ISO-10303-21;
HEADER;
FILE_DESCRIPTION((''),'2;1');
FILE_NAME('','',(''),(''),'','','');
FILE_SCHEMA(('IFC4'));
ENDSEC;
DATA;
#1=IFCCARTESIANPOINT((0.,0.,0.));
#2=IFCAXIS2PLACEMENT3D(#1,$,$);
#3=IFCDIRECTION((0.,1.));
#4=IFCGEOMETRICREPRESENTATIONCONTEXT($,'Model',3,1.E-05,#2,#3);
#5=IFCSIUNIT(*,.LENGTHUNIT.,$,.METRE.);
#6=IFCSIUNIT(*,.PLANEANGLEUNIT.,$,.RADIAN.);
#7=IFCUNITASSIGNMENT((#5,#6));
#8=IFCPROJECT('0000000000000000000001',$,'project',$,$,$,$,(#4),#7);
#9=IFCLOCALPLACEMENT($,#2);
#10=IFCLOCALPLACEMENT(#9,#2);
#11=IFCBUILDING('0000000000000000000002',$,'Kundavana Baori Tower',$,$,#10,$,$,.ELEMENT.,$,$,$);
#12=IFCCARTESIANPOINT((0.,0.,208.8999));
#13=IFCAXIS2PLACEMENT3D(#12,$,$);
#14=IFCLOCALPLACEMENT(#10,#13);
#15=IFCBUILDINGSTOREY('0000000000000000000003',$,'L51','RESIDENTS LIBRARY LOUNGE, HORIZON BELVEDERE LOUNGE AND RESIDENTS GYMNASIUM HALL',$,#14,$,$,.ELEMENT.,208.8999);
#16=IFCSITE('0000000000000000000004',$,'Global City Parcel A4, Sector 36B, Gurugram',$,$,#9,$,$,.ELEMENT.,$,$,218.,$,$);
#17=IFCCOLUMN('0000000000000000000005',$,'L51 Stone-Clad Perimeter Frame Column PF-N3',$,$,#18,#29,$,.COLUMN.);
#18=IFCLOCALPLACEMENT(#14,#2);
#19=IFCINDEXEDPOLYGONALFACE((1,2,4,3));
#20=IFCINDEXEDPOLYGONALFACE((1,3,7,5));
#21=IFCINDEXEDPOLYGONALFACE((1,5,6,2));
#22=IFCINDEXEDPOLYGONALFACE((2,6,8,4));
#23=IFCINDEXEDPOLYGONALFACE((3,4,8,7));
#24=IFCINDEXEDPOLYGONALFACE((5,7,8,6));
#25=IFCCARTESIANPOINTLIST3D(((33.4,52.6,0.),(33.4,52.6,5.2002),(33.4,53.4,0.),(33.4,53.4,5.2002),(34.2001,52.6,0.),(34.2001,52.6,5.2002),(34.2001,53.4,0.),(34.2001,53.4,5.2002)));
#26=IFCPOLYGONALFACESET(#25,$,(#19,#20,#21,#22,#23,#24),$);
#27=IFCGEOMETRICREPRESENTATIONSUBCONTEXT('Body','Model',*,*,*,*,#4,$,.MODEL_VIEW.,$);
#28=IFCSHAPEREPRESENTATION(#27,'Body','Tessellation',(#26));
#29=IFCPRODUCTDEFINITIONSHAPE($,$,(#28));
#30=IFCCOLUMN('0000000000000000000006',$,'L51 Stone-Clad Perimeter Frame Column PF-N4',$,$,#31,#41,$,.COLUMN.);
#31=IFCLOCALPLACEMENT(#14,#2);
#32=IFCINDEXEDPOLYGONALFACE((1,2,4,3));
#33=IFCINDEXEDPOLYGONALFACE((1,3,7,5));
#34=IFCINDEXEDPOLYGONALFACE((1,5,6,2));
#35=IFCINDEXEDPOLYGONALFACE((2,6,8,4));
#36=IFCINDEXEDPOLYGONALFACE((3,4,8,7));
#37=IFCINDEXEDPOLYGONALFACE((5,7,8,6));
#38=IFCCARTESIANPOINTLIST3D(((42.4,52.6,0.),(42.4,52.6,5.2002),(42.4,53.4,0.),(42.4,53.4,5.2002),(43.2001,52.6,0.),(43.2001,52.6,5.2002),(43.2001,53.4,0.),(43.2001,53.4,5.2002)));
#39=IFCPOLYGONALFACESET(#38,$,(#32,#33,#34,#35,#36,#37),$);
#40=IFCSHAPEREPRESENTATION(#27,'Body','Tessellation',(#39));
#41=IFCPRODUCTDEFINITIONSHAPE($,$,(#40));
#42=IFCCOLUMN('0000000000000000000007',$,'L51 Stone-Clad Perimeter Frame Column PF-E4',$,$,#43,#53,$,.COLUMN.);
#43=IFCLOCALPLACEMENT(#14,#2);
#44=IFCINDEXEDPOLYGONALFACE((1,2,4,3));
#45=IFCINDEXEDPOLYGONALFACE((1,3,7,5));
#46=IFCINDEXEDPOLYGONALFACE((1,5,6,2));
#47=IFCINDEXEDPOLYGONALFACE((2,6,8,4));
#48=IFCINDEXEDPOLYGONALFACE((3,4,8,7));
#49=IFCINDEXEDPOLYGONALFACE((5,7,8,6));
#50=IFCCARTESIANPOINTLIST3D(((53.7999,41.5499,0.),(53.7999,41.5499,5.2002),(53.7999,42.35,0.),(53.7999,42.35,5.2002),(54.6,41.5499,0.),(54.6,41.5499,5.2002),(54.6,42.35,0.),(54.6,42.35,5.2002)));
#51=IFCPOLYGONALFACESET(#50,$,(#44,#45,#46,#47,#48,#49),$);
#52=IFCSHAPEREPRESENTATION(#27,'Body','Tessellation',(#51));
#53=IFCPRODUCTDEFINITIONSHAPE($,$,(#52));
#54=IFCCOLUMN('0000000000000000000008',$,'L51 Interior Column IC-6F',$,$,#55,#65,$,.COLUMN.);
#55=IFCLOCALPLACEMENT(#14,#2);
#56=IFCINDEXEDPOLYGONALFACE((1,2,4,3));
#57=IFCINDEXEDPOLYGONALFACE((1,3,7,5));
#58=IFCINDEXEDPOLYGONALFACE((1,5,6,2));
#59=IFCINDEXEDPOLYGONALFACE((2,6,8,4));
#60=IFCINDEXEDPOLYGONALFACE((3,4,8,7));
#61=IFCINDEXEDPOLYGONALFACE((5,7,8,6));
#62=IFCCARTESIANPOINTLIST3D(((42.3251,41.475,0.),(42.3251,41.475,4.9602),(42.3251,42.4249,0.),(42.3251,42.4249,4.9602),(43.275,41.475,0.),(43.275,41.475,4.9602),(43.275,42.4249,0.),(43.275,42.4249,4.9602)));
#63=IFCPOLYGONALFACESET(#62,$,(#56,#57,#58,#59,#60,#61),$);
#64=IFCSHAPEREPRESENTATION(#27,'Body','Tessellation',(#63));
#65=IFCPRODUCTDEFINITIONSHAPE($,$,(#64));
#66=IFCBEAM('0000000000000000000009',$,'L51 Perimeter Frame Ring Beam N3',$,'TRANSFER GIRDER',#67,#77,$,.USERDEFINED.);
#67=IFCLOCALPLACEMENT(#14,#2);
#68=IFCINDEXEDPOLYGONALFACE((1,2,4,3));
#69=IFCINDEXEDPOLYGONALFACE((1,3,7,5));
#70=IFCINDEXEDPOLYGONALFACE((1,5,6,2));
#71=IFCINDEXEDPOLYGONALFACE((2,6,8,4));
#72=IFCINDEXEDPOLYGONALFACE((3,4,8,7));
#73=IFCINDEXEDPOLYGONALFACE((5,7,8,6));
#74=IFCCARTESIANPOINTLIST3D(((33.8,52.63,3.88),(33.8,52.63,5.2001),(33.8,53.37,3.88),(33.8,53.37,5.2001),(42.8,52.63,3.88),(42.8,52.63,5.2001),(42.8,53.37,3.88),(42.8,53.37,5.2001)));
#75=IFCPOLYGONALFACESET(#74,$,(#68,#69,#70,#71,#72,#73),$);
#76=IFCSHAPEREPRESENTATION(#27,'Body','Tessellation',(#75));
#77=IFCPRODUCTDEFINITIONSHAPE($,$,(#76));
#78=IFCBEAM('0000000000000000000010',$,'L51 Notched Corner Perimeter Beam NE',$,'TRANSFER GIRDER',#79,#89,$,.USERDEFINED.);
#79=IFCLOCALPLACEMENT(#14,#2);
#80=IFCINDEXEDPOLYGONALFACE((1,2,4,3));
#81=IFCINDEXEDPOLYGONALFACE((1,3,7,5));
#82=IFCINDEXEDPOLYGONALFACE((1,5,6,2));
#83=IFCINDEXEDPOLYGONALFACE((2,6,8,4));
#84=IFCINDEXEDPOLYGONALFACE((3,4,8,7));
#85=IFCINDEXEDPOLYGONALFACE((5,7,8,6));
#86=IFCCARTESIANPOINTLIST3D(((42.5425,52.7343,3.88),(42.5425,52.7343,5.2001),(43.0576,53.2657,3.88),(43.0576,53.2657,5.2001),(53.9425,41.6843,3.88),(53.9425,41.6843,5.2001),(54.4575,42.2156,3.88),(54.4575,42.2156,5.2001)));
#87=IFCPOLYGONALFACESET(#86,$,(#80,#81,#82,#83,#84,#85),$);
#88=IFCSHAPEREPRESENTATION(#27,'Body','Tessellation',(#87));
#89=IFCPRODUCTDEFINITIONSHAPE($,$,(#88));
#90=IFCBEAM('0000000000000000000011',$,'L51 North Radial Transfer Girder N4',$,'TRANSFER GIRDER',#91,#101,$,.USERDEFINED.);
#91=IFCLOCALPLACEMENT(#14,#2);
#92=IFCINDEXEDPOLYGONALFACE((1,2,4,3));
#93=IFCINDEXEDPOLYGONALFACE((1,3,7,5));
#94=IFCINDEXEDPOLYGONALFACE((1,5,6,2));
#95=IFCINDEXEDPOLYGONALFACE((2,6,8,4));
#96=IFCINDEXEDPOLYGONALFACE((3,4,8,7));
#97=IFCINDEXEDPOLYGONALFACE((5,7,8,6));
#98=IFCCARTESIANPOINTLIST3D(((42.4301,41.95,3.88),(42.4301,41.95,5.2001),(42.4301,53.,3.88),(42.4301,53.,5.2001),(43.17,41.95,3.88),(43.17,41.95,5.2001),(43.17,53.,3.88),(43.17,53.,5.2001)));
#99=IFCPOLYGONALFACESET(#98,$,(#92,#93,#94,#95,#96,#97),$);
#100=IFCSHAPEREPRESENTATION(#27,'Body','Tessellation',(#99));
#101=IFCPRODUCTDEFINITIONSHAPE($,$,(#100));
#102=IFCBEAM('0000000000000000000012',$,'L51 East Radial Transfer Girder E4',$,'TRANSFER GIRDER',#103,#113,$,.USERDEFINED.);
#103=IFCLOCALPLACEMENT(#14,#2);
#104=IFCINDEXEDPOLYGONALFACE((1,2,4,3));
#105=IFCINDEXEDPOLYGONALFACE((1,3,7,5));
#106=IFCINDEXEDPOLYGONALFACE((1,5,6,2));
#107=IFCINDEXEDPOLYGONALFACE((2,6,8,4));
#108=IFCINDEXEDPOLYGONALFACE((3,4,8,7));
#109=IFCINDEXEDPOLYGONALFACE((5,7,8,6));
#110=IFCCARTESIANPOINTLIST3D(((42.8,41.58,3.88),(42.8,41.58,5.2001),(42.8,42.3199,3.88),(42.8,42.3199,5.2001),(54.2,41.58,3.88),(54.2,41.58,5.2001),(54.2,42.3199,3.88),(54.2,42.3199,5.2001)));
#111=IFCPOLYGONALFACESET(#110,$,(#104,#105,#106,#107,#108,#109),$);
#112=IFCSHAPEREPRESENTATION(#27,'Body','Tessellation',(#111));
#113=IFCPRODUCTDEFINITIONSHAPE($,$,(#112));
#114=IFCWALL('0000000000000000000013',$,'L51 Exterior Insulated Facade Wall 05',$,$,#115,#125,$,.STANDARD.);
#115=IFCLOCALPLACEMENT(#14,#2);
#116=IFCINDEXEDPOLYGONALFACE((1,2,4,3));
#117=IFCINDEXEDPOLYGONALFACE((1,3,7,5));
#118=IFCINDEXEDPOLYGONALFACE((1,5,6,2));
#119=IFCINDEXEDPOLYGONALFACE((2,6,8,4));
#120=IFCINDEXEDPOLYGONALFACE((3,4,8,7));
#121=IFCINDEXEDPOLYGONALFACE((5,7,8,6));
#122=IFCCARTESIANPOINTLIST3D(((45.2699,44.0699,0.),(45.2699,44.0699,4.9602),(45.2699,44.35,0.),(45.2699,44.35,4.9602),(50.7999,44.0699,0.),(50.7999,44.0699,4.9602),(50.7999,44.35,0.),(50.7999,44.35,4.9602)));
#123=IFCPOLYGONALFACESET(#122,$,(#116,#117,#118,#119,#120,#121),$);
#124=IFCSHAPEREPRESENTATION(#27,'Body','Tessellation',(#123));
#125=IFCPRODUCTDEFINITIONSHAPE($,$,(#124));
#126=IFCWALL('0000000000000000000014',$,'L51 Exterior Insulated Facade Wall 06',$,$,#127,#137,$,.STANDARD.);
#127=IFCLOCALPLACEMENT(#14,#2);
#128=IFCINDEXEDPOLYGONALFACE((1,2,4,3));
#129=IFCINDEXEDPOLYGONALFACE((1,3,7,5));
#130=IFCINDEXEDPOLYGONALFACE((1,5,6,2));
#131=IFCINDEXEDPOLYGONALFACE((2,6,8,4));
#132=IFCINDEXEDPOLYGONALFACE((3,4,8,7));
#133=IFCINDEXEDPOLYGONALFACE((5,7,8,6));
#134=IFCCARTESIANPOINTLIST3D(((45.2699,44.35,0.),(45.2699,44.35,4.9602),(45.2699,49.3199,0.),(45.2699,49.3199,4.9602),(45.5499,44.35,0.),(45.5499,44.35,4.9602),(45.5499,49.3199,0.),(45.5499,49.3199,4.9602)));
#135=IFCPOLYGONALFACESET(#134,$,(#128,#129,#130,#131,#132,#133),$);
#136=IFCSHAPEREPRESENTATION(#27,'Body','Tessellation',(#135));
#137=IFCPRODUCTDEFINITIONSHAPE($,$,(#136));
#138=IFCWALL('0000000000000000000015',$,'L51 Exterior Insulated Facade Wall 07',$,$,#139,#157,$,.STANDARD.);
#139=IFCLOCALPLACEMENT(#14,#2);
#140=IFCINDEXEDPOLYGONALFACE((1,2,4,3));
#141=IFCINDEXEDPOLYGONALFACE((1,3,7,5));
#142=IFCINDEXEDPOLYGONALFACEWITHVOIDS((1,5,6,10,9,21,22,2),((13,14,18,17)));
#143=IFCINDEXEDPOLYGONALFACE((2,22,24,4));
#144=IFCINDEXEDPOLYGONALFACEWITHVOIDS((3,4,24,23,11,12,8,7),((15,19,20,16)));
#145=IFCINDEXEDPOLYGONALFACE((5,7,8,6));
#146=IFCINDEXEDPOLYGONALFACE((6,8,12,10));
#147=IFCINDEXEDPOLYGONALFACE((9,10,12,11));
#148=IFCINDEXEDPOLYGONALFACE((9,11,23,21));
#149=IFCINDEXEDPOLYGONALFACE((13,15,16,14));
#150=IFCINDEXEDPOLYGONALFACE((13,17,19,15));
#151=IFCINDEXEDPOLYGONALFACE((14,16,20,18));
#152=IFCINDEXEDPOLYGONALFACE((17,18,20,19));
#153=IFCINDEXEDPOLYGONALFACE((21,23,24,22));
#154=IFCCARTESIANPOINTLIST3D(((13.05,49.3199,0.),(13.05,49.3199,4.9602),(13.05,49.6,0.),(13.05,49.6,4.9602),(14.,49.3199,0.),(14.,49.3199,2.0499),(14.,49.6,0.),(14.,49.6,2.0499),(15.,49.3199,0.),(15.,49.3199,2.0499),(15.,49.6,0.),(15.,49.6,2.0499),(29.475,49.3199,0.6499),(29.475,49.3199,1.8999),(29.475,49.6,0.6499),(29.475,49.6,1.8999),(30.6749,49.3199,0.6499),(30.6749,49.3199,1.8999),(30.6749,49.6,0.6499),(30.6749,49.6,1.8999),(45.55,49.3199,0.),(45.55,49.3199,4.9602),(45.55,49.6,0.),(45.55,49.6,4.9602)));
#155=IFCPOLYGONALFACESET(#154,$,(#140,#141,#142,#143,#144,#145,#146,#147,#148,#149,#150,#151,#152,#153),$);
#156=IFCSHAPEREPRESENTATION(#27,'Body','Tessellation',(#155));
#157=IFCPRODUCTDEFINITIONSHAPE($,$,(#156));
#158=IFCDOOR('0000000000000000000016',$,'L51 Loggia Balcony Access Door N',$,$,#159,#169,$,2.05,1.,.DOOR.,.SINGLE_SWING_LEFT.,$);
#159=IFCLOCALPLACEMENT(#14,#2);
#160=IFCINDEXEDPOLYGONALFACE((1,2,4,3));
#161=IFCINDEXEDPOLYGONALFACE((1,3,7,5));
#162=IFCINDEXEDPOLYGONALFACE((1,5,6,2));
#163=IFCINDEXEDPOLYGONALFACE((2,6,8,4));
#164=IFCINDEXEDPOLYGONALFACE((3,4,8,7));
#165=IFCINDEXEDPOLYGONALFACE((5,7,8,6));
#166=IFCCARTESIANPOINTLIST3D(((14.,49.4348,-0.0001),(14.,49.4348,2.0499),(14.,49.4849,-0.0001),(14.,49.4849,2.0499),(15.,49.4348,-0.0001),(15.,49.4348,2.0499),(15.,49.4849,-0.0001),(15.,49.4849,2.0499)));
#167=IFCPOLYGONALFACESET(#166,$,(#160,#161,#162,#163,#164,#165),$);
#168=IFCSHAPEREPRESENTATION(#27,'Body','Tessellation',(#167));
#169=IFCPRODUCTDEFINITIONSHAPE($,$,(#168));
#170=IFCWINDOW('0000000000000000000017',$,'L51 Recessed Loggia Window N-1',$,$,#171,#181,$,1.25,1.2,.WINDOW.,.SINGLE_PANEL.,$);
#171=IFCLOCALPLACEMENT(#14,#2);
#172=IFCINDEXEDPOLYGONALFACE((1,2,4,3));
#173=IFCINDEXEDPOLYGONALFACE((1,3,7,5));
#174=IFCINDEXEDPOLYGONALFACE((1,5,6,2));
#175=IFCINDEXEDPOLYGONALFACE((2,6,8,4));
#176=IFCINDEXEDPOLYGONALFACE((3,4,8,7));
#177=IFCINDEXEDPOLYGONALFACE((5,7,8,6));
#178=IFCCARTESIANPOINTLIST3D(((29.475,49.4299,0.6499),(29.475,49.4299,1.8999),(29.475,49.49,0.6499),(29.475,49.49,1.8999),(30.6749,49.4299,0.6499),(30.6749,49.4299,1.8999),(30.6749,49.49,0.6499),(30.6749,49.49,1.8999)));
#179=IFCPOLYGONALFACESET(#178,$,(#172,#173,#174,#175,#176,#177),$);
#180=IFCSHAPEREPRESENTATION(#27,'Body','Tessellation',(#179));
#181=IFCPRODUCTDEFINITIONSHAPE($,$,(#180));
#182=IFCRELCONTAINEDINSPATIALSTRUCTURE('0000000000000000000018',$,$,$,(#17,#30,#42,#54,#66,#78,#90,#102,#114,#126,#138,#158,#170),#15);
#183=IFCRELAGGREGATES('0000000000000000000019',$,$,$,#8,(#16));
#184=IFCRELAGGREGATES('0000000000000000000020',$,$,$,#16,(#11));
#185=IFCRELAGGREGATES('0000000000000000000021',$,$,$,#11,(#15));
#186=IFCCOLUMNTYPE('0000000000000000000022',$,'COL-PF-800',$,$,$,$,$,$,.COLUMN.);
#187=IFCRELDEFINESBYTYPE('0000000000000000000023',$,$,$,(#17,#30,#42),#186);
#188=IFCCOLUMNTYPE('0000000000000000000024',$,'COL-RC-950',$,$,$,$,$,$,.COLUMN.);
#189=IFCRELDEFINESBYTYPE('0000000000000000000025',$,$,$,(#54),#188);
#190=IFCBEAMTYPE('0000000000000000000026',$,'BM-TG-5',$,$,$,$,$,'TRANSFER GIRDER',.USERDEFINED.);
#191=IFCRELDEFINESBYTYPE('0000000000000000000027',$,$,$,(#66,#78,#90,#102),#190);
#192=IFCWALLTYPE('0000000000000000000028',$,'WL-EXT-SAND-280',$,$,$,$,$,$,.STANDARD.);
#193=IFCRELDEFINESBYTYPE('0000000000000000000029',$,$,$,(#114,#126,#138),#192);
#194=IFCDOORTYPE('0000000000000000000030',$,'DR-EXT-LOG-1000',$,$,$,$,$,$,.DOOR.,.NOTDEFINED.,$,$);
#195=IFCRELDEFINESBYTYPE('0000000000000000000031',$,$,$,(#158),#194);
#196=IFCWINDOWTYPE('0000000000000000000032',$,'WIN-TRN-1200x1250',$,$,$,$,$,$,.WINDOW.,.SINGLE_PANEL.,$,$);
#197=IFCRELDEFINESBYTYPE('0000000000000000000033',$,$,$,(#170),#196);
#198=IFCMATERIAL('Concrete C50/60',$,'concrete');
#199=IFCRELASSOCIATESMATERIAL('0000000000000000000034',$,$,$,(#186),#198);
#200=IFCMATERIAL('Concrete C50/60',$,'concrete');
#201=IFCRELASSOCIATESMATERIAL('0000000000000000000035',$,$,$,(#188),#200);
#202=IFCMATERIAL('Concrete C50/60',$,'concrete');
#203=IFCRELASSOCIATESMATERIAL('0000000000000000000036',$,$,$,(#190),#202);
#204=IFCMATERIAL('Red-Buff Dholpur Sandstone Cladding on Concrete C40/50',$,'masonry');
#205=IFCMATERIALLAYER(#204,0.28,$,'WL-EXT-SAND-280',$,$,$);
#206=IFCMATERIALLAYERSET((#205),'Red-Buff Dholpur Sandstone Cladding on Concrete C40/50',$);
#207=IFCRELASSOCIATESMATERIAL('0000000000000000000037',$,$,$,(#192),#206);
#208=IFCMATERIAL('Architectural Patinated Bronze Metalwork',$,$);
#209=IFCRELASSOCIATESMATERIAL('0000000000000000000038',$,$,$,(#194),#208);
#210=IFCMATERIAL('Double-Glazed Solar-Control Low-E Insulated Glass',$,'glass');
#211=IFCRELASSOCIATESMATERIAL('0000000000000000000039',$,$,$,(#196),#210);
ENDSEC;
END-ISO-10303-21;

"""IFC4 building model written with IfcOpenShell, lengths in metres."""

from ifc_helpers import new_model, si_unit, direction, frame, frame_2d, origin, origin_2d, place, context, subcontext, project, spatial, rectangle, extrude, material, layer, layer_set, material_profile, profile_set, type_object, element, fill, save


model = new_model("IFC4")

# Units and contexts
model_context = context("Model", 3, precision=1e-05, world=origin(), true_north=direction((0.0, 1.0)))
body_context = subcontext(model_context, "Body", "Model", "MODEL_VIEW")
ifc_project = project(units=[si_unit("LENGTHUNIT", "METRE"), si_unit("PLANEANGLEUNIT", "RADIAN")], contexts=[model_context])

# Site, building, storey
site_placement = place(None, origin())
site = spatial("IfcSite", under=ifc_project, at=site_placement, Name="Global City Parcel A4, Sector 36B, Gurugram", CompositionType="ELEMENT", RefElevation=218.0)
building_placement = place(site_placement, origin())
building = spatial("IfcBuilding", under=site, at=building_placement, Name="Kundavana Baori Tower", CompositionType="ELEMENT")
storey_placement = place(building_placement, frame((0.0, 0.0, 208.8999)))
storey = spatial("IfcBuildingStorey", under=building, at=storey_placement, Name="L51", Description="RESIDENTS LIBRARY LOUNGE, HORIZON BELVEDERE LOUNGE AND RESIDENTS GYMNASIUM HALL", CompositionType="ELEMENT", Elevation=208.8999)

# Columns
ifc_material_1 = material(Name="Concrete C50/60", Category="concrete")
ifc_material_profile_1 = material_profile(ifc_material_1, rectangle(XDim=0.8, YDim=0.8, at=origin_2d()), Name="RC PF 800x800")
ifc_profile_set_1 = profile_set([ifc_material_profile_1], Name="Concrete C50/60")
column_type_1 = type_object("IfcColumnType", Name="COL-PF-800", PredefinedType="COLUMN", material=ifc_profile_set_1)
for number, where, z_axis, x_axis, name in (
    (1, (33.8, 53.0, 0.0), (0.0, 0.0, 1.0), (1.0, 0.0, 0.0), "L51 Stone-Clad Perimeter Frame Column PF-N3"),
    (2, (42.8, 53.0, 0.0), (0.0, 0.0, 1.0), (1.0, 0.0, 0.0), "L51 Stone-Clad Perimeter Frame Column PF-N4"),
    (3, (54.2, 41.95, 0.0), (0.0, 0.0, 1.0), (1.0, 0.0, 0.0), "L51 Stone-Clad Perimeter Frame Column PF-E4"),
):
    element("IfcColumn", number, at=place(storey_placement, frame(where, z_axis=z_axis, x_axis=x_axis)), inside=storey, type_object=column_type_1, Name=name, PredefinedType="COLUMN", context=body_context, shape_type="SweptSolid", body=[
        extrude(rectangle(XDim=0.8, YDim=0.8, at=origin_2d()), origin(), (0.0, 0.0, 1.0), 5.2002),
    ])
ifc_material_2 = material(Name="Concrete C50/60", Category="concrete")
ifc_material_profile_2 = material_profile(ifc_material_2, rectangle(XDim=0.95, YDim=0.95, at=origin_2d()), Name="RC 950x950")
ifc_profile_set_2 = profile_set([ifc_material_profile_2], Name="Concrete C50/60")
column_type_2 = type_object("IfcColumnType", Name="COL-RC-950", PredefinedType="COLUMN", material=ifc_profile_set_2)
column_placement = place(storey_placement, frame((42.8, 41.95, 0.0), z_axis=(0.0, 0.0, 1.0), x_axis=(1.0, 0.0, 0.0)))
element("IfcColumn", 4, at=column_placement, inside=storey, type_object=column_type_2, Name="L51 Interior Column IC-6F", PredefinedType="COLUMN", context=body_context, shape_type="SweptSolid", body=[
    extrude(rectangle(XDim=0.95, YDim=0.95, at=origin_2d()), origin(), (0.0, 0.0, 1.0), 4.9602),
])

# Beams
ifc_material_3 = material(Name="Concrete C50/60", Category="concrete")
ifc_material_profile_3 = material_profile(ifc_material_3, rectangle(XDim=0.74, YDim=1.3201, at=origin_2d()), Name="BM-TG-5")
ifc_profile_set_3 = profile_set([ifc_material_profile_3], Name="Concrete C50/60")
beam_type = type_object("IfcBeamType", Name="BM-TG-5", ElementType="TRANSFER GIRDER", PredefinedType="USERDEFINED", material=ifc_profile_set_3)
beam_1_placement = place(storey_placement, frame((33.8, 53.0, 4.54), z_axis=(1.0, 0.0, 0.0), x_axis=(0.0, 1.0, 0.0)))
element("IfcBeam", 5, at=beam_1_placement, inside=storey, type_object=beam_type, Name="L51 Perimeter Frame Ring Beam N3", ObjectType="TRANSFER GIRDER", PredefinedType="USERDEFINED", context=body_context, shape_type="SweptSolid", body=[
    extrude(rectangle(XDim=0.74, YDim=1.3201, at=origin_2d()), origin(), (0.0, 0.0, 1.0), 9.0),
])
beam_2_placement = place(storey_placement, frame((42.8, 53.0, 4.54), z_axis=(0.718039, -0.696003, 0.0), x_axis=(0.696003, 0.718039, 0.0)))
element("IfcBeam", 6, at=beam_2_placement, inside=storey, type_object=beam_type, Name="L51 Notched Corner Perimeter Beam NE", ObjectType="TRANSFER GIRDER", PredefinedType="USERDEFINED", context=body_context, shape_type="SweptSolid", body=[
    extrude(rectangle(XDim=0.74, YDim=1.3201, at=origin_2d()), origin(), (0.0, 0.0, 1.0), 15.8765),
])
beam_3_placement = place(storey_placement, frame((42.8, 41.95, 4.54), z_axis=(0.0, 1.0, 0.0), x_axis=(-1.0, 0.0, 0.0)))
element("IfcBeam", 7, at=beam_3_placement, inside=storey, type_object=beam_type, Name="L51 North Radial Transfer Girder N4", ObjectType="TRANSFER GIRDER", PredefinedType="USERDEFINED", context=body_context, shape_type="SweptSolid", body=[
    extrude(rectangle(XDim=0.74, YDim=1.3201, at=origin_2d()), origin(), (0.0, 0.0, 1.0), 11.05),
])
beam_4_placement = place(storey_placement, frame((42.8, 41.95, 4.54), z_axis=(1.0, 0.0, 0.0), x_axis=(0.0, 1.0, 0.0)))
element("IfcBeam", 8, at=beam_4_placement, inside=storey, type_object=beam_type, Name="L51 East Radial Transfer Girder E4", ObjectType="TRANSFER GIRDER", PredefinedType="USERDEFINED", context=body_context, shape_type="SweptSolid", body=[
    extrude(rectangle(XDim=0.74, YDim=1.3201, at=origin_2d()), origin(), (0.0, 0.0, 1.0), 11.3999),
])

# Walls
ifc_material_4 = material(Name="Red-Buff Dholpur Sandstone Cladding on Concrete C40/50", Category="masonry")
ifc_layer_1 = layer(ifc_material_4, 0.28, Name="WL-EXT-SAND-280")
ifc_layer_set_1 = layer_set([ifc_layer_1], Name="Red-Buff Dholpur Sandstone Cladding on Concrete C40/50")
wall_type_1 = type_object("IfcWallType", Name="WL-EXT-SAND-280", PredefinedType="STANDARD", material=ifc_layer_set_1)
wall_1_placement = place(storey_placement, frame((50.8, 44.21, 0.0), z_axis=(0.0, 0.0, 1.0), x_axis=(-1.0, 0.0, 0.0)))
element("IfcWall", 9, at=wall_1_placement, inside=storey, type_object=wall_type_1, Name="L51 Exterior Insulated Facade Wall 05", PredefinedType="STANDARD", context=body_context, shape_type="SweptSolid", body=[
    extrude(rectangle(XDim=5.53, YDim=0.28, at=frame_2d((2.7651, 0.0))), origin(), (0.0, 0.0, 1.0), 4.9602),
])
wall_2_placement = place(storey_placement, frame((45.4099, 44.3501, 0.0), z_axis=(0.0, 0.0, 1.0), x_axis=(0.0, 1.0, 0.0)))
element("IfcWall", 10, at=wall_2_placement, inside=storey, type_object=wall_type_1, Name="L51 Exterior Insulated Facade Wall 06", PredefinedType="STANDARD", context=body_context, shape_type="SweptSolid", body=[
    extrude(rectangle(XDim=4.97, YDim=0.28, at=frame_2d((2.4849, 0.0))), origin(), (0.0, 0.0, 1.0), 4.9602),
])

# Wall, openings, door, window
wall_3_placement = place(storey_placement, frame((45.55, 49.46, 0.0), z_axis=(0.0, 0.0, 1.0), x_axis=(-1.0, 0.0, 0.0)))
wall_3 = element("IfcWall", 11, at=wall_3_placement, inside=storey, type_object=wall_type_1, Name="L51 Exterior Insulated Facade Wall 07", PredefinedType="STANDARD", context=body_context, shape_type="SweptSolid", body=[
    extrude(rectangle(XDim=32.5, YDim=0.28, at=frame_2d((16.25, 0.0))), origin(), (0.0, 0.0, 1.0), 4.9602),
])
opening_1_placement = place(wall_3_placement, frame((30.55, 0.0, 0.0)))
opening_1 = element("IfcOpeningElement", 12, at=opening_1_placement, cuts=wall_3, PredefinedType="OPENING", context=body_context, shape_type="SweptSolid", body=[
    extrude(rectangle(XDim=1.0, YDim=2.05, at=frame_2d((0.5, 1.0249))), frame((0.0, 0.1499, 0.0), z_axis=(0.0, -1.0, 0.0), x_axis=(1.0, 0.0, 0.0)), (0.0, 0.0, 1.0), 0.3),
])
opening_2_placement = place(wall_3_placement, frame((14.875, 0.0, 0.6499)))
opening_2 = element("IfcOpeningElement", 13, at=opening_2_placement, cuts=wall_3, PredefinedType="OPENING", context=body_context, shape_type="SweptSolid", body=[
    extrude(rectangle(XDim=1.2, YDim=1.25, at=frame_2d((0.6001, 0.625))), frame((0.0, 0.1499, 0.0), z_axis=(0.0, -1.0, 0.0), x_axis=(1.0, 0.0, 0.0)), (0.0, 0.0, 1.0), 0.3),
])
ifc_material_5 = material(Name="Architectural Patinated Bronze Metalwork")
door_type = type_object("IfcDoorType", Name="DR-EXT-LOG-1000", OperationType="NOTDEFINED", PredefinedType="DOOR", material=ifc_material_5)
door_placement = place(opening_1_placement, frame((1.0, 0.0, 0.0), z_axis=(0.0, 0.0, 1.0), x_axis=(-1.0, 0.0, 0.0)))
door = element("IfcDoor", 14, at=door_placement, inside=storey, type_object=door_type, Name="L51 Loggia Balcony Access Door N", OperationType="SINGLE_SWING_LEFT", OverallHeight=2.05, OverallWidth=1.0, PredefinedType="DOOR", context=body_context, shape_type="SweptSolid", body=[
    extrude(rectangle(XDim=1.0, YDim=2.05, at=frame_2d((0.5, 1.0249))), frame((0.0, 0.0249, 0.0), z_axis=(0.0, -1.0, 0.0), x_axis=(1.0, 0.0, 0.0)), (0.0, 0.0, 1.0), 0.05),
])
fill(opening_1, door)
ifc_material_6 = material(Name="Double-Glazed Solar-Control Low-E Insulated Glass", Category="glass")
window_type = type_object("IfcWindowType", Name="WIN-TRN-1200x1250", PartitioningType="SINGLE_PANEL", PredefinedType="WINDOW", material=ifc_material_6)
window_placement = place(opening_2_placement, origin())
window = element("IfcWindow", 15, at=window_placement, inside=storey, type_object=window_type, Name="L51 Recessed Loggia Window N-1", OverallHeight=1.25, OverallWidth=1.2, PartitioningType="SINGLE_PANEL", PredefinedType="WINDOW", context=body_context, shape_type="SweptSolid", body=[
    extrude(rectangle(XDim=1.2, YDim=1.25, at=frame_2d((0.6001, 0.625))), frame((0.0, 0.03, 0.0), z_axis=(0.0, -1.0, 0.0), x_axis=(1.0, 0.0, 0.0)), (0.0, 0.0, 1.0), 0.0601),
])
fill(opening_2, window)

save(model, "model.ifc")
